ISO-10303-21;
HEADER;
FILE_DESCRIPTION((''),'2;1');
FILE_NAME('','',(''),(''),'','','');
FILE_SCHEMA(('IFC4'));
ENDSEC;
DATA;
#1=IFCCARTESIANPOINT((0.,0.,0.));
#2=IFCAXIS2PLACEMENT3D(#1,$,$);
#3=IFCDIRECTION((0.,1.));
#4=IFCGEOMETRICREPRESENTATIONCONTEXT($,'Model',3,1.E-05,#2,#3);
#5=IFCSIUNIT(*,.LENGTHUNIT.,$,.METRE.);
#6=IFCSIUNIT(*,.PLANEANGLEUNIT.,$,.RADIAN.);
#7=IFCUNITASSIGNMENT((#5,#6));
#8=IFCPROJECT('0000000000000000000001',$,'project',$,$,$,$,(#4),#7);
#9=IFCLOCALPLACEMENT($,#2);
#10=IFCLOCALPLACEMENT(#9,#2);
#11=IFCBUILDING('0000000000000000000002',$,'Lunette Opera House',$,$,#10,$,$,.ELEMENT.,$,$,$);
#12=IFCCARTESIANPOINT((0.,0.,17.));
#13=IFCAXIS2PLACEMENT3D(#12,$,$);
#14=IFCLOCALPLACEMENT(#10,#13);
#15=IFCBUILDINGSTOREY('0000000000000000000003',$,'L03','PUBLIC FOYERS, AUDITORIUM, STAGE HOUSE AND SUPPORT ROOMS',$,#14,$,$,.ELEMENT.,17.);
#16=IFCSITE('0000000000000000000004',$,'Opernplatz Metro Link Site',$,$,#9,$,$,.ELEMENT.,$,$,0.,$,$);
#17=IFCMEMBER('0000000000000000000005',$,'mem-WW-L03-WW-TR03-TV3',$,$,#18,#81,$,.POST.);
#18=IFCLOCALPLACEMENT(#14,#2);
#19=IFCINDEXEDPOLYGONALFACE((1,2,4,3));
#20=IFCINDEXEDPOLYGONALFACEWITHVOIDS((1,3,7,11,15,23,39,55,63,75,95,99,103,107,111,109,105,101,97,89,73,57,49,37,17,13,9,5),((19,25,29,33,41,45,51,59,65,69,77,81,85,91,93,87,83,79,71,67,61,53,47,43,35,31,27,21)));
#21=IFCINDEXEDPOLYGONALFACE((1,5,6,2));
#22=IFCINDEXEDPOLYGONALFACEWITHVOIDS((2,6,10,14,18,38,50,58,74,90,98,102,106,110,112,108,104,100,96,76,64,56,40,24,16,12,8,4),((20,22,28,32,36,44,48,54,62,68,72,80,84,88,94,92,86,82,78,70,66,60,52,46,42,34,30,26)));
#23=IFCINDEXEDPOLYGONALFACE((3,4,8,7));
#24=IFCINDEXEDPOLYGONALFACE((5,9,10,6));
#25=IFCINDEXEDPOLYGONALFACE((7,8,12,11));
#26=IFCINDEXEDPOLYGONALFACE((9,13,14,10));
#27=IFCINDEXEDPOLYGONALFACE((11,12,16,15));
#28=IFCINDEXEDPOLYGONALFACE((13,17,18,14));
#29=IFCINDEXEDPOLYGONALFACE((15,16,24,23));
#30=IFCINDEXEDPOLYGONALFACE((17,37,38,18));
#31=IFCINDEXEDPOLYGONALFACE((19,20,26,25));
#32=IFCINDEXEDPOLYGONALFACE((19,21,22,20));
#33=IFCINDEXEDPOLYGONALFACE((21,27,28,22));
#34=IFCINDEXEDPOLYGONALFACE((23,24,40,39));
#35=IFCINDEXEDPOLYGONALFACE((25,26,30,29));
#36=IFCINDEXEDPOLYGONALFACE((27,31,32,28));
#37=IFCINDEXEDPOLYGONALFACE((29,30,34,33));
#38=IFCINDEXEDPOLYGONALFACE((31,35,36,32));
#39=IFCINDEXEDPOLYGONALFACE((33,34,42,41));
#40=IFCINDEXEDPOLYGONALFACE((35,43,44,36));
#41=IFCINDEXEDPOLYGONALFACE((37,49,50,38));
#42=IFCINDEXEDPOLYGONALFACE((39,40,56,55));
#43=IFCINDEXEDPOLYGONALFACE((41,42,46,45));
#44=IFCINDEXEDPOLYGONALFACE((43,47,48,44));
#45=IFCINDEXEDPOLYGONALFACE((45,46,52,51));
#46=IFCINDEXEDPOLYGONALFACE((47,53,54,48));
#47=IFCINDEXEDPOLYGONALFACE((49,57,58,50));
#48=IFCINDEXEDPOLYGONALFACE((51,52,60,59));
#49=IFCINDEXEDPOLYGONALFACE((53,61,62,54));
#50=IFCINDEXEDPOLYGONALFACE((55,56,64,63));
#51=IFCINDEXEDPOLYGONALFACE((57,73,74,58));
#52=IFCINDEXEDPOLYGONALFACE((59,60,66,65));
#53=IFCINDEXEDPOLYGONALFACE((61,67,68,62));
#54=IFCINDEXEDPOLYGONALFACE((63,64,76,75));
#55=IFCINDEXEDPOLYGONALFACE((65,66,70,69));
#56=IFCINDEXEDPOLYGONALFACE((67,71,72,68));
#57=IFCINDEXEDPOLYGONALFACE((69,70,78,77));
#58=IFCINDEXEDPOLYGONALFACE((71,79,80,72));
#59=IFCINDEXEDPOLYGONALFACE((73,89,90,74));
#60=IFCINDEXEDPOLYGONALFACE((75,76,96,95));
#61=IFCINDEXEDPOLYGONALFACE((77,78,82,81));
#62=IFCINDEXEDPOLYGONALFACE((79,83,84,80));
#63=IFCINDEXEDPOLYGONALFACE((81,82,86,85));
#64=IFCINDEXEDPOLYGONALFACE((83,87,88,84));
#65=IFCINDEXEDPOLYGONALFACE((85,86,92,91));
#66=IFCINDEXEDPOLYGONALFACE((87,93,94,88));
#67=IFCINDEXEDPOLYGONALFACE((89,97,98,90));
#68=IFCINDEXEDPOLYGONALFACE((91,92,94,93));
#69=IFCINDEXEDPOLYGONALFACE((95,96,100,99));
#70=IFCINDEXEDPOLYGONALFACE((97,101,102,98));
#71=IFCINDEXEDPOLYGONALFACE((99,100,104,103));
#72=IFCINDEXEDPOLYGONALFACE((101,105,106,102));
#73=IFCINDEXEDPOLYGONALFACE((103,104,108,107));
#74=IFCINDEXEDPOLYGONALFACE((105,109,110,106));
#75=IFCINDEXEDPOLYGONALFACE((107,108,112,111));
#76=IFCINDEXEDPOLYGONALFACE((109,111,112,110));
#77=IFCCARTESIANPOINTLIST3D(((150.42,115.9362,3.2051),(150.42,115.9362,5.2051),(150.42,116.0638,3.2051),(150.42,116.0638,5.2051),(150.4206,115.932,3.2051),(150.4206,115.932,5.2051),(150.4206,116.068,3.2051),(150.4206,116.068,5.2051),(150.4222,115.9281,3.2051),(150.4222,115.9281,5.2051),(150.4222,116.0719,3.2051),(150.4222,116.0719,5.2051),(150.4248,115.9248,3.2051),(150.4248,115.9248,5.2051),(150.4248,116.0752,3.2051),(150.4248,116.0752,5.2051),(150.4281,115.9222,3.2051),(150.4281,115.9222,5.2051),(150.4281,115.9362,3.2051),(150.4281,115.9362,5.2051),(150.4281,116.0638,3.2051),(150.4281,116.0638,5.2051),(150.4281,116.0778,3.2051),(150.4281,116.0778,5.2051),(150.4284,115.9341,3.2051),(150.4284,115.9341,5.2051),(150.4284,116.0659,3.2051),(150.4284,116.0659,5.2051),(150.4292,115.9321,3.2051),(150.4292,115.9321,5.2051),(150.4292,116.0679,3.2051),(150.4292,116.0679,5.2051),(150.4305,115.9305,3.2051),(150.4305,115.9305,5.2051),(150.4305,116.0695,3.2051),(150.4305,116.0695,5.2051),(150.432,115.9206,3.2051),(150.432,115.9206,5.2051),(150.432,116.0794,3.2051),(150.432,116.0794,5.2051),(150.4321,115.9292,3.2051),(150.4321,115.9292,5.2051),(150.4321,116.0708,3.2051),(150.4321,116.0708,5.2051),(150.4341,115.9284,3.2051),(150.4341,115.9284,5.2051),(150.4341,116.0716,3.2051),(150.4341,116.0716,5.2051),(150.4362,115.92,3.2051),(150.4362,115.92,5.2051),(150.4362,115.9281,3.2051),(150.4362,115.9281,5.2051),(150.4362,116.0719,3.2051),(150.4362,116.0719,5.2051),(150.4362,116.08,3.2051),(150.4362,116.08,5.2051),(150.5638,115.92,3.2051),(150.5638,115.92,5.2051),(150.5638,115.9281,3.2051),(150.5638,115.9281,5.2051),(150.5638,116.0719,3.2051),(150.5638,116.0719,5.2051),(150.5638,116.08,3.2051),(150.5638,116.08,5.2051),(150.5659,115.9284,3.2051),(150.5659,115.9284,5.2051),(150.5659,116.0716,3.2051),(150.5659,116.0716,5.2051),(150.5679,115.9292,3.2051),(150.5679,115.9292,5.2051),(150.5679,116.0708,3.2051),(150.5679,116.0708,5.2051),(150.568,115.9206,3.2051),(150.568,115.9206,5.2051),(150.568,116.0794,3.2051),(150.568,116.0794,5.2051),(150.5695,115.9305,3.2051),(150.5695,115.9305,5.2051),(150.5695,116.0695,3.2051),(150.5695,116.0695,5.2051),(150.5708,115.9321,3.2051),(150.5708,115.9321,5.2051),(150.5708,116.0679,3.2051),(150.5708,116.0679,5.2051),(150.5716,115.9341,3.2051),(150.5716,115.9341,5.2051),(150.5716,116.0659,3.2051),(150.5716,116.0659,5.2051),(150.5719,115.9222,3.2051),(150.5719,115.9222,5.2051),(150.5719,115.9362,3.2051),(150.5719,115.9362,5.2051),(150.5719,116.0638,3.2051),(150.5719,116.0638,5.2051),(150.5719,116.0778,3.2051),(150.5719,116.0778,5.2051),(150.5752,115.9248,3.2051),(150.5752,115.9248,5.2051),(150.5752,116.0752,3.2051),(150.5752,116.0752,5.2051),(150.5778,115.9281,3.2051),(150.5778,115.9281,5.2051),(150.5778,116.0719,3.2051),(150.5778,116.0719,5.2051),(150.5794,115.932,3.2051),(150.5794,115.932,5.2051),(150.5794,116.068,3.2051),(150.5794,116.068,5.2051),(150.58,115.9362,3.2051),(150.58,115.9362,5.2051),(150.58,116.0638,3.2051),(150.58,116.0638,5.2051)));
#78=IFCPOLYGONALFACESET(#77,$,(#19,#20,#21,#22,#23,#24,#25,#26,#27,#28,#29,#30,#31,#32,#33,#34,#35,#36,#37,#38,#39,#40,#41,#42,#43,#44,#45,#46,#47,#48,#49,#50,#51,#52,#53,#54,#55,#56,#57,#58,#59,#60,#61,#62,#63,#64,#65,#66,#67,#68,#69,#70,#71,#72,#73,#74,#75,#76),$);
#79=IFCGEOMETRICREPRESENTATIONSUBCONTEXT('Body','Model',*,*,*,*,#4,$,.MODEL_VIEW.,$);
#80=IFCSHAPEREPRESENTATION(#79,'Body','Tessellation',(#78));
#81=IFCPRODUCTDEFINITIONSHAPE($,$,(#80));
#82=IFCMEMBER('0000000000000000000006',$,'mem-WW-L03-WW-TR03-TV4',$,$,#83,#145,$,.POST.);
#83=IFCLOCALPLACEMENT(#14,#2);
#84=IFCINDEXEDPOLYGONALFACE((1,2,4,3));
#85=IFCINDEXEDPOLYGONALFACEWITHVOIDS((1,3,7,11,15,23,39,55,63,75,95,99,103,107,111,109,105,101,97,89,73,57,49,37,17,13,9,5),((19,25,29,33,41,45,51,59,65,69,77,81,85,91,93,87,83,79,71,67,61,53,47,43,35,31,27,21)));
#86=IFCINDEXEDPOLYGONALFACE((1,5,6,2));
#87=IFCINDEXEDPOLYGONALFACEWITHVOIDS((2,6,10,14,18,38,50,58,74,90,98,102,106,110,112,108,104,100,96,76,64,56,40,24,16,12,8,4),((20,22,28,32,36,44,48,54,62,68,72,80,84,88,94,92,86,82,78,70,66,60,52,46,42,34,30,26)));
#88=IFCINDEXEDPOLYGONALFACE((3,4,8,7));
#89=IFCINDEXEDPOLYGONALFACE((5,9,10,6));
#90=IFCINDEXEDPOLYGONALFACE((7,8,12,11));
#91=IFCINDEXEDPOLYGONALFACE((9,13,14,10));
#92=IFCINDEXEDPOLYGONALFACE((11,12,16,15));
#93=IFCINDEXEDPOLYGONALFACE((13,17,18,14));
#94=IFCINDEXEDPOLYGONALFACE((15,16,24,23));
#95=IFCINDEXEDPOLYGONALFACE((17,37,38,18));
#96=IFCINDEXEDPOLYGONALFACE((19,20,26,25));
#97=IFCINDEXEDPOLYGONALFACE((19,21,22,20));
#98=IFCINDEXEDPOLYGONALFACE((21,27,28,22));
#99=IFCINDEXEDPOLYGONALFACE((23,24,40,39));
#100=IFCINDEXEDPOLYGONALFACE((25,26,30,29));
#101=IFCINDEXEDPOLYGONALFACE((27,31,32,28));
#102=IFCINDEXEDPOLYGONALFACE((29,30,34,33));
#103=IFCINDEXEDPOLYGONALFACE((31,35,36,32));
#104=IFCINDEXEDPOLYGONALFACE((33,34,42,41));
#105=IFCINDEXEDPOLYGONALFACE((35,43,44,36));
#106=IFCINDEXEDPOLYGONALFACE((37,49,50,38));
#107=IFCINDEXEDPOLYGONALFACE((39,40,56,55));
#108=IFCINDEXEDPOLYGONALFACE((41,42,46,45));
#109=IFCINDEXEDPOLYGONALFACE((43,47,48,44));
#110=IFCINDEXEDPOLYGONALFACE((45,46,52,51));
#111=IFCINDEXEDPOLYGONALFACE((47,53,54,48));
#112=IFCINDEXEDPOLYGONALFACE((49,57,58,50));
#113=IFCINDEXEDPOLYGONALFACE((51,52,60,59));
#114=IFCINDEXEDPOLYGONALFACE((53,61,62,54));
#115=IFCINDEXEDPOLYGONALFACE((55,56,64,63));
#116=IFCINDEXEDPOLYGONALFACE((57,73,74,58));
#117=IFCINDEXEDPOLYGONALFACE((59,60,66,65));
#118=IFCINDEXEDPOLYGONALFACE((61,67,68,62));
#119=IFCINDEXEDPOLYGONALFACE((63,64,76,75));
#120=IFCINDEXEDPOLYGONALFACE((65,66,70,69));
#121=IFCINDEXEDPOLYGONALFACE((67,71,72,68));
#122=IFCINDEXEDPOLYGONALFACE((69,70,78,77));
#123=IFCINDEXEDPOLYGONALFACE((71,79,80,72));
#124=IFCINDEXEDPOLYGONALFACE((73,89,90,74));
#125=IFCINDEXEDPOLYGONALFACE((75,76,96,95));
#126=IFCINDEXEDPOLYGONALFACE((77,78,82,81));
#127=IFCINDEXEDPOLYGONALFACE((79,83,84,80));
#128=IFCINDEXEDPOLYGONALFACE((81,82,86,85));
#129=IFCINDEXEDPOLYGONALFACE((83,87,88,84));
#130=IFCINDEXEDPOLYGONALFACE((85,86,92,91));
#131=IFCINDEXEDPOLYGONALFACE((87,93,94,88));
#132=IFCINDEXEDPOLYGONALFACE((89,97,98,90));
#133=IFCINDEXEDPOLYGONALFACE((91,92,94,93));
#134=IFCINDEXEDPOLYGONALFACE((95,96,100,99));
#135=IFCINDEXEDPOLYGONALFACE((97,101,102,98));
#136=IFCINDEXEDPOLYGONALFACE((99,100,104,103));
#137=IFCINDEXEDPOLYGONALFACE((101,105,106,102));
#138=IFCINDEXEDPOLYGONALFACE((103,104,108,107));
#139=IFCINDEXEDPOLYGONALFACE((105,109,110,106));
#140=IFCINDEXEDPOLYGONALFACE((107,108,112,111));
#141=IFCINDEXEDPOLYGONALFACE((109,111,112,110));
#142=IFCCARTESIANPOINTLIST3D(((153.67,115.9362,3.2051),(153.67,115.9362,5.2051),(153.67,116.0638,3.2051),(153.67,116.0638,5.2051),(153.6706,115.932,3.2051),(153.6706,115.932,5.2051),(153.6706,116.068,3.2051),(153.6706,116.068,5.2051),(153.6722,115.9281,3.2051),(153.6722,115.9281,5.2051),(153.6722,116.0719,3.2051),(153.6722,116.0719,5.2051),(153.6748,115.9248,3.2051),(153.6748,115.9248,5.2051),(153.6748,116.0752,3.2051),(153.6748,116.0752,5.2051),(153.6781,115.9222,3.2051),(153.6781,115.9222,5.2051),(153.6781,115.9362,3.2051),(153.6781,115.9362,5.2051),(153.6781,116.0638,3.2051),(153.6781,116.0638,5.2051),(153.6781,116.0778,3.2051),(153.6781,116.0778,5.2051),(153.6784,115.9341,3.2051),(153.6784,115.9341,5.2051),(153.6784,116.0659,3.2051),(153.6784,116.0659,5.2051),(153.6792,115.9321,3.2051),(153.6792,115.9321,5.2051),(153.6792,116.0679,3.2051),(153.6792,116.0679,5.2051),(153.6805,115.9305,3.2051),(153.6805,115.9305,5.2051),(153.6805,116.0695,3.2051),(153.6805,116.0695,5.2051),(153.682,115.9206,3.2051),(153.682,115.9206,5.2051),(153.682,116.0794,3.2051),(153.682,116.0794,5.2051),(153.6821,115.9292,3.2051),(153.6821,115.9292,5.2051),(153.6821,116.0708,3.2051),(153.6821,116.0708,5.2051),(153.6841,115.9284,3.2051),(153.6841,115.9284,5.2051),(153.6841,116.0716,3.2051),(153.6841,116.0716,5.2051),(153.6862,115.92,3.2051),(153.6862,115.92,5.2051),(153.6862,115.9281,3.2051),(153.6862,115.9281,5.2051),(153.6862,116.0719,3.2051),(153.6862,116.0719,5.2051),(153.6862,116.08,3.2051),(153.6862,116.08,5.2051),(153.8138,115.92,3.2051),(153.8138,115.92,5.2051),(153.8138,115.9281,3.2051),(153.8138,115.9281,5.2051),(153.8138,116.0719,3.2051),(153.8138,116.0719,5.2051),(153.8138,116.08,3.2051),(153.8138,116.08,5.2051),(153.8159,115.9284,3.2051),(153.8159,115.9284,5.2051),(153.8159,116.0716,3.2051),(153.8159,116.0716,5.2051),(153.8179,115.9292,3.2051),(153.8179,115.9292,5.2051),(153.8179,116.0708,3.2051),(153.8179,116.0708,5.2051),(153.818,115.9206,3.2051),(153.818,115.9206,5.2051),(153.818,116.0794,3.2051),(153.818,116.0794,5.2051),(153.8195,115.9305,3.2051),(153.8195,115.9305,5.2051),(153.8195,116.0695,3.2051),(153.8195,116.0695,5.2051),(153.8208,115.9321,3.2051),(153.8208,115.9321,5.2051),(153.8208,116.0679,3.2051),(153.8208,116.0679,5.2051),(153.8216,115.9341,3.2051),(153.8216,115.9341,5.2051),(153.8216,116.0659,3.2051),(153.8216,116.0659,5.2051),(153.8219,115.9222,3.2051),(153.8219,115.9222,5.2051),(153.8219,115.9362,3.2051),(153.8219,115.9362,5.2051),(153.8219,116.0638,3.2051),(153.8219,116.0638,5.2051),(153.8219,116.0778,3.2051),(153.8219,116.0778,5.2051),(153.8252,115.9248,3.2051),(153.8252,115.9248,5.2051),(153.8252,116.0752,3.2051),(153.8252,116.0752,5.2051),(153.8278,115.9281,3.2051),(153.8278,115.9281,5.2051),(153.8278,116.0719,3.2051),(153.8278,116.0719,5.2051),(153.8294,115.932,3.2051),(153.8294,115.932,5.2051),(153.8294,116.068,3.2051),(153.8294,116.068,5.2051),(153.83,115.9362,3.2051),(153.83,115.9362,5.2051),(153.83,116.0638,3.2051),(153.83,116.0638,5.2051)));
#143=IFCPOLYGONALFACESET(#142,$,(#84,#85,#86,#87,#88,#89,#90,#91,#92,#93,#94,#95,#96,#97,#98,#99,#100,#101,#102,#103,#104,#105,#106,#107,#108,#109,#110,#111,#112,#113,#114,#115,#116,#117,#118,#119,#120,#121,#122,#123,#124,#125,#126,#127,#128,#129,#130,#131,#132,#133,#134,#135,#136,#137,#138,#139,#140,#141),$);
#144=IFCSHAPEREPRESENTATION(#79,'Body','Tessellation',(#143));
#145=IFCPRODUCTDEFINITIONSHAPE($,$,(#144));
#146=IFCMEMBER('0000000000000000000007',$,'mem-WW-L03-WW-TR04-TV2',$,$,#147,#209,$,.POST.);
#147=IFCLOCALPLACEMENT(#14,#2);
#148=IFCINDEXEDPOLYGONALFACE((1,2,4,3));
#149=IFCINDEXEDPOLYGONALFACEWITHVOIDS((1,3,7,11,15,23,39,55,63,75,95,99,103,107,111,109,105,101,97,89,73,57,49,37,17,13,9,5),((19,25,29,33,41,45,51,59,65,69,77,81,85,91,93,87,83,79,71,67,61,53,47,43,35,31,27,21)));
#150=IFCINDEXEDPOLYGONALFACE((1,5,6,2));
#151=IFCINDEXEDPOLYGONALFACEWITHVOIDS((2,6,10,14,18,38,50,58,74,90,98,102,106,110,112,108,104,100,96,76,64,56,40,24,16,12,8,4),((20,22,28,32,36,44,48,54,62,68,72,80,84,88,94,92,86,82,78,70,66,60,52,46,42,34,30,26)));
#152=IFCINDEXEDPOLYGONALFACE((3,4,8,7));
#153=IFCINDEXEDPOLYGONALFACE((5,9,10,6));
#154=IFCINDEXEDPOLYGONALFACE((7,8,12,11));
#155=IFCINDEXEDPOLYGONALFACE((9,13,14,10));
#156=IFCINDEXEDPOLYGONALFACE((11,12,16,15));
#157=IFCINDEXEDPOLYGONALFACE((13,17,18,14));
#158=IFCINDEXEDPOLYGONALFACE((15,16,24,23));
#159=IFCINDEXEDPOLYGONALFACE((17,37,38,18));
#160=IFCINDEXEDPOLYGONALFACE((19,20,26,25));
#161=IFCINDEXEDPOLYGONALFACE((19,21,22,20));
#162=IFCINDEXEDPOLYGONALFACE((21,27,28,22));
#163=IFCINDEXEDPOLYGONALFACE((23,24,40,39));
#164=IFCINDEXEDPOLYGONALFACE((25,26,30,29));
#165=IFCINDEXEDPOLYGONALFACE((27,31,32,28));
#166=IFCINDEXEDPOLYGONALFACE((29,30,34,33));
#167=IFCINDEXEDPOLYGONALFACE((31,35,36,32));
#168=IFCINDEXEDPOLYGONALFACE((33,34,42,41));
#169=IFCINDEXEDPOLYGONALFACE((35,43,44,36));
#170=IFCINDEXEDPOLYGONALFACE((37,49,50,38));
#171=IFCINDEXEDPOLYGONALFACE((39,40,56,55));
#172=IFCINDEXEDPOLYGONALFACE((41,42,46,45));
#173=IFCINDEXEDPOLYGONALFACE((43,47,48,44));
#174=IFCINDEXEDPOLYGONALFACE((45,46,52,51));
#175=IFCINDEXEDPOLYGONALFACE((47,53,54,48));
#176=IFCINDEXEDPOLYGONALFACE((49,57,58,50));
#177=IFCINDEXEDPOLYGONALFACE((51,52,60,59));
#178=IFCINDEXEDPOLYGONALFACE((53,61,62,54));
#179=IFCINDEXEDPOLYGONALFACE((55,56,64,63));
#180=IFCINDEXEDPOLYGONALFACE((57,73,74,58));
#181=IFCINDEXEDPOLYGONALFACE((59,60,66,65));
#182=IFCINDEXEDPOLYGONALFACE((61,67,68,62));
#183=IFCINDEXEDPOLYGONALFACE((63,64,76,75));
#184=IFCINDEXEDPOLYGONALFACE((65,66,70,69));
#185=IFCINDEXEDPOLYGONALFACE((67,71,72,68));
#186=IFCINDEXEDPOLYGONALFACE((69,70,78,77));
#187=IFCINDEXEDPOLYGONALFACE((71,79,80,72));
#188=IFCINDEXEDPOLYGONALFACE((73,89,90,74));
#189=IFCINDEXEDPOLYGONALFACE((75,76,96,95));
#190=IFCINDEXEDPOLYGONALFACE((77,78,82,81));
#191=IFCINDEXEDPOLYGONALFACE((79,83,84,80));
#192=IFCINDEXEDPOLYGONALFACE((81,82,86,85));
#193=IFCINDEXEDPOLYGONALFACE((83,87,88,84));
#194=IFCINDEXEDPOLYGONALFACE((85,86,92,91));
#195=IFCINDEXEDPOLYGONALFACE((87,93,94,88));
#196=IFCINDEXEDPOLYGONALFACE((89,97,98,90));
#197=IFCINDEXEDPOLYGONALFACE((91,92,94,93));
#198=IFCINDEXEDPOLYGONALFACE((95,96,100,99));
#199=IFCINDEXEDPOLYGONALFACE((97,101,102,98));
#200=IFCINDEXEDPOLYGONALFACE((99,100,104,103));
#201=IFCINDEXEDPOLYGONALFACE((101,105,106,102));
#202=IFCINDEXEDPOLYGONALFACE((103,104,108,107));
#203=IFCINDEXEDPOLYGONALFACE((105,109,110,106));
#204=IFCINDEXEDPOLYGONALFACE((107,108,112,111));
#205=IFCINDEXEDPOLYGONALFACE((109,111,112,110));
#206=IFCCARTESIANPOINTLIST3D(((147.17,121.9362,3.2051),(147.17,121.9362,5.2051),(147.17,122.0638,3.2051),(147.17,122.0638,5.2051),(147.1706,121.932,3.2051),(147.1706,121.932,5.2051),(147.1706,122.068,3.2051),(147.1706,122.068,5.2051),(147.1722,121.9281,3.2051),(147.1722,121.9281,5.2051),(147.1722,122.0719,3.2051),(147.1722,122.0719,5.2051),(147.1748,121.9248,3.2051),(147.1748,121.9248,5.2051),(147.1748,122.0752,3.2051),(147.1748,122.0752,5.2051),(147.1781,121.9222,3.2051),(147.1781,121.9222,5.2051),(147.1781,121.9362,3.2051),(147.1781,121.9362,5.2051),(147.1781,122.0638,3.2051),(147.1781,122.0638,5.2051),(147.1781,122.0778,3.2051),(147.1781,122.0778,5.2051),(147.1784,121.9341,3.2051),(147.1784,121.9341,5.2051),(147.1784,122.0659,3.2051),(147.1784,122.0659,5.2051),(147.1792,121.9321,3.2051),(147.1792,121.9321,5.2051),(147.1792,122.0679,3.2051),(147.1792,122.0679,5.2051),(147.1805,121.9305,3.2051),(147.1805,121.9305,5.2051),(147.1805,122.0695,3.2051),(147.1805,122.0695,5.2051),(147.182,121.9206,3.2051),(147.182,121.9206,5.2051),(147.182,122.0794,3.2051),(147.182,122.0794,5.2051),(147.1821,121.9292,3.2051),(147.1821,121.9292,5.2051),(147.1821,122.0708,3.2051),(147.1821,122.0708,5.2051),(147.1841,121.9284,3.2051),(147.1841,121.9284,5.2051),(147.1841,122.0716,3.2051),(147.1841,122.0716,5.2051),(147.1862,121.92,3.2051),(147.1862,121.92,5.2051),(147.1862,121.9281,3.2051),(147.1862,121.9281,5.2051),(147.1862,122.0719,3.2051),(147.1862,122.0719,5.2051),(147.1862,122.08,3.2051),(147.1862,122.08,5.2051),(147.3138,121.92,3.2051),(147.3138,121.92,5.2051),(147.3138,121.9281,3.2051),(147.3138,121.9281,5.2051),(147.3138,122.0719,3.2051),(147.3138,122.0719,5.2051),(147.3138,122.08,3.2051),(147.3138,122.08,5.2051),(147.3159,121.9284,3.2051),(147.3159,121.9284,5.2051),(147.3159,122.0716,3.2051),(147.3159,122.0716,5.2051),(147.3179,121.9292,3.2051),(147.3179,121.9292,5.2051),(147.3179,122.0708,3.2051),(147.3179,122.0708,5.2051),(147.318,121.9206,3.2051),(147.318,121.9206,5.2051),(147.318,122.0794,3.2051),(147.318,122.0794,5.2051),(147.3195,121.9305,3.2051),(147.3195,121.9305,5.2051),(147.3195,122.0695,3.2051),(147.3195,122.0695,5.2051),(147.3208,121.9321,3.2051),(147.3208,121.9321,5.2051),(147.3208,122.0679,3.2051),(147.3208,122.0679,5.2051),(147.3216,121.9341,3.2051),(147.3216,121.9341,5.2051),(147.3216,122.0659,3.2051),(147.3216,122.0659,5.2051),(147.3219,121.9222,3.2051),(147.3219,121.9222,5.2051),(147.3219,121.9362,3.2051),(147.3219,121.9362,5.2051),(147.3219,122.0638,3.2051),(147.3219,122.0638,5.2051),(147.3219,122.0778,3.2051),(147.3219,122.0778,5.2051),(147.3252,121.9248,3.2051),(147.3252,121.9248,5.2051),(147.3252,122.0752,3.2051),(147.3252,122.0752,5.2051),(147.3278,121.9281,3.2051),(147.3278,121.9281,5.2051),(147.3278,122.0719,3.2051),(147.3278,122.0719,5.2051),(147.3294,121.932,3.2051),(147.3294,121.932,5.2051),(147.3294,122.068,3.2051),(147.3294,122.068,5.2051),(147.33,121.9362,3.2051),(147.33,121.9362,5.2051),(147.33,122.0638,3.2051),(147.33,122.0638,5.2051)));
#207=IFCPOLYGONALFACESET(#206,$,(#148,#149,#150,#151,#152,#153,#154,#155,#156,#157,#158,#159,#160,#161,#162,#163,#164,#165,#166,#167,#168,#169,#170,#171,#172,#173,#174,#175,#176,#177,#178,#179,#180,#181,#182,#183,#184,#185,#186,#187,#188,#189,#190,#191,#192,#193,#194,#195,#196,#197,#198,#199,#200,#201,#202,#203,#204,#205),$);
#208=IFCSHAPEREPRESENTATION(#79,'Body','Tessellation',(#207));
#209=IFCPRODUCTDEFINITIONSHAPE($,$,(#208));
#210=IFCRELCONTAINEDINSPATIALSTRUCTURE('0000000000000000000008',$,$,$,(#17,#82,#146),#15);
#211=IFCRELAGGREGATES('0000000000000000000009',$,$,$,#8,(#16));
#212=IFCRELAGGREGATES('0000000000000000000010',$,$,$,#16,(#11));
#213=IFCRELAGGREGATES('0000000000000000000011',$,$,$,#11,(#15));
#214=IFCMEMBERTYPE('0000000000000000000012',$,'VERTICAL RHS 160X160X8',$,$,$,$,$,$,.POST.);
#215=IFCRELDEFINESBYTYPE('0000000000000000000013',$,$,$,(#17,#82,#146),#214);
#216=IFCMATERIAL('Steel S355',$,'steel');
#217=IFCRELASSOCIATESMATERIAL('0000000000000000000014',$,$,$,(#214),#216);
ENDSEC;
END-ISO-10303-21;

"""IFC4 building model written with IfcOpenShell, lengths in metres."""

from ifc_helpers import new_model, si_unit, direction, frame, origin, origin_2d, place, context, subcontext, project, spatial, hollow_rectangle, extrude, material, material_profile, profile_set, type_object, element, save


model = new_model("IFC4")

# Units and contexts
model_context = context("Model", 3, precision=1e-05, world=origin(), true_north=direction((0.0, 1.0)))
body_context = subcontext(model_context, "Body", "Model", "MODEL_VIEW")
ifc_project = project(units=[si_unit("LENGTHUNIT", "METRE"), si_unit("PLANEANGLEUNIT", "RADIAN")], contexts=[model_context])

# Site, building, storey
site_placement = place(None, origin())
site = spatial("IfcSite", under=ifc_project, at=site_placement, Name="Opernplatz Metro Link Site", CompositionType="ELEMENT", RefElevation=0.0)
building_placement = place(site_placement, origin())
building = spatial("IfcBuilding", under=site, at=building_placement, Name="Lunette Opera House", CompositionType="ELEMENT")
storey_placement = place(building_placement, frame((0.0, 0.0, 17.0)))
storey = spatial("IfcBuildingStorey", under=building, at=storey_placement, Name="L03", Description="PUBLIC FOYERS, AUDITORIUM, STAGE HOUSE AND SUPPORT ROOMS", CompositionType="ELEMENT", Elevation=17.0)

# Members
ifc_material_1 = material(Name="Steel S355", Category="steel")
ifc_material_profile_1 = material_profile(ifc_material_1, hollow_rectangle(XDim=0.1599, YDim=0.1599, WallThickness=0.0081, InnerFilletRadius=0.0081, OuterFilletRadius=0.0161, at=origin_2d()), Name="RHS 160X160X8")
ifc_profile_set_1 = profile_set([ifc_material_profile_1], Name="Steel S355")
member_type_1 = type_object("IfcMemberType", Name="VERTICAL RHS 160X160X8", PredefinedType="POST", material=ifc_profile_set_1)
for number, where, z_axis, x_axis, name in (
    (1, (150.5, 116.0, 3.2051), (0.0, 0.0, 1.0), (1.0, 0.0, 0.0), "mem-WW-L03-WW-TR03-TV3"),
    (2, (153.75, 116.0, 3.2051), (0.0, 0.0, 1.0), (1.0, 0.0, 0.0), "mem-WW-L03-WW-TR03-TV4"),
    (3, (147.25, 122.0, 3.2051), (0.0, 0.0, 1.0), (1.0, 0.0, 0.0), "mem-WW-L03-WW-TR04-TV2"),
):
    element("IfcMember", number, at=place(storey_placement, frame(where, z_axis=z_axis, x_axis=x_axis)), inside=storey, type_object=member_type_1, Name=name, PredefinedType="POST", context=body_context, shape_type="SweptSolid", body=[
        extrude(hollow_rectangle(XDim=0.1599, YDim=0.1599, WallThickness=0.0081, InnerFilletRadius=0.0081, OuterFilletRadius=0.0161, at=origin_2d()), origin(), (0.0, 0.0, 1.0), 2.0),
    ])

save(model, "model.ifc")
